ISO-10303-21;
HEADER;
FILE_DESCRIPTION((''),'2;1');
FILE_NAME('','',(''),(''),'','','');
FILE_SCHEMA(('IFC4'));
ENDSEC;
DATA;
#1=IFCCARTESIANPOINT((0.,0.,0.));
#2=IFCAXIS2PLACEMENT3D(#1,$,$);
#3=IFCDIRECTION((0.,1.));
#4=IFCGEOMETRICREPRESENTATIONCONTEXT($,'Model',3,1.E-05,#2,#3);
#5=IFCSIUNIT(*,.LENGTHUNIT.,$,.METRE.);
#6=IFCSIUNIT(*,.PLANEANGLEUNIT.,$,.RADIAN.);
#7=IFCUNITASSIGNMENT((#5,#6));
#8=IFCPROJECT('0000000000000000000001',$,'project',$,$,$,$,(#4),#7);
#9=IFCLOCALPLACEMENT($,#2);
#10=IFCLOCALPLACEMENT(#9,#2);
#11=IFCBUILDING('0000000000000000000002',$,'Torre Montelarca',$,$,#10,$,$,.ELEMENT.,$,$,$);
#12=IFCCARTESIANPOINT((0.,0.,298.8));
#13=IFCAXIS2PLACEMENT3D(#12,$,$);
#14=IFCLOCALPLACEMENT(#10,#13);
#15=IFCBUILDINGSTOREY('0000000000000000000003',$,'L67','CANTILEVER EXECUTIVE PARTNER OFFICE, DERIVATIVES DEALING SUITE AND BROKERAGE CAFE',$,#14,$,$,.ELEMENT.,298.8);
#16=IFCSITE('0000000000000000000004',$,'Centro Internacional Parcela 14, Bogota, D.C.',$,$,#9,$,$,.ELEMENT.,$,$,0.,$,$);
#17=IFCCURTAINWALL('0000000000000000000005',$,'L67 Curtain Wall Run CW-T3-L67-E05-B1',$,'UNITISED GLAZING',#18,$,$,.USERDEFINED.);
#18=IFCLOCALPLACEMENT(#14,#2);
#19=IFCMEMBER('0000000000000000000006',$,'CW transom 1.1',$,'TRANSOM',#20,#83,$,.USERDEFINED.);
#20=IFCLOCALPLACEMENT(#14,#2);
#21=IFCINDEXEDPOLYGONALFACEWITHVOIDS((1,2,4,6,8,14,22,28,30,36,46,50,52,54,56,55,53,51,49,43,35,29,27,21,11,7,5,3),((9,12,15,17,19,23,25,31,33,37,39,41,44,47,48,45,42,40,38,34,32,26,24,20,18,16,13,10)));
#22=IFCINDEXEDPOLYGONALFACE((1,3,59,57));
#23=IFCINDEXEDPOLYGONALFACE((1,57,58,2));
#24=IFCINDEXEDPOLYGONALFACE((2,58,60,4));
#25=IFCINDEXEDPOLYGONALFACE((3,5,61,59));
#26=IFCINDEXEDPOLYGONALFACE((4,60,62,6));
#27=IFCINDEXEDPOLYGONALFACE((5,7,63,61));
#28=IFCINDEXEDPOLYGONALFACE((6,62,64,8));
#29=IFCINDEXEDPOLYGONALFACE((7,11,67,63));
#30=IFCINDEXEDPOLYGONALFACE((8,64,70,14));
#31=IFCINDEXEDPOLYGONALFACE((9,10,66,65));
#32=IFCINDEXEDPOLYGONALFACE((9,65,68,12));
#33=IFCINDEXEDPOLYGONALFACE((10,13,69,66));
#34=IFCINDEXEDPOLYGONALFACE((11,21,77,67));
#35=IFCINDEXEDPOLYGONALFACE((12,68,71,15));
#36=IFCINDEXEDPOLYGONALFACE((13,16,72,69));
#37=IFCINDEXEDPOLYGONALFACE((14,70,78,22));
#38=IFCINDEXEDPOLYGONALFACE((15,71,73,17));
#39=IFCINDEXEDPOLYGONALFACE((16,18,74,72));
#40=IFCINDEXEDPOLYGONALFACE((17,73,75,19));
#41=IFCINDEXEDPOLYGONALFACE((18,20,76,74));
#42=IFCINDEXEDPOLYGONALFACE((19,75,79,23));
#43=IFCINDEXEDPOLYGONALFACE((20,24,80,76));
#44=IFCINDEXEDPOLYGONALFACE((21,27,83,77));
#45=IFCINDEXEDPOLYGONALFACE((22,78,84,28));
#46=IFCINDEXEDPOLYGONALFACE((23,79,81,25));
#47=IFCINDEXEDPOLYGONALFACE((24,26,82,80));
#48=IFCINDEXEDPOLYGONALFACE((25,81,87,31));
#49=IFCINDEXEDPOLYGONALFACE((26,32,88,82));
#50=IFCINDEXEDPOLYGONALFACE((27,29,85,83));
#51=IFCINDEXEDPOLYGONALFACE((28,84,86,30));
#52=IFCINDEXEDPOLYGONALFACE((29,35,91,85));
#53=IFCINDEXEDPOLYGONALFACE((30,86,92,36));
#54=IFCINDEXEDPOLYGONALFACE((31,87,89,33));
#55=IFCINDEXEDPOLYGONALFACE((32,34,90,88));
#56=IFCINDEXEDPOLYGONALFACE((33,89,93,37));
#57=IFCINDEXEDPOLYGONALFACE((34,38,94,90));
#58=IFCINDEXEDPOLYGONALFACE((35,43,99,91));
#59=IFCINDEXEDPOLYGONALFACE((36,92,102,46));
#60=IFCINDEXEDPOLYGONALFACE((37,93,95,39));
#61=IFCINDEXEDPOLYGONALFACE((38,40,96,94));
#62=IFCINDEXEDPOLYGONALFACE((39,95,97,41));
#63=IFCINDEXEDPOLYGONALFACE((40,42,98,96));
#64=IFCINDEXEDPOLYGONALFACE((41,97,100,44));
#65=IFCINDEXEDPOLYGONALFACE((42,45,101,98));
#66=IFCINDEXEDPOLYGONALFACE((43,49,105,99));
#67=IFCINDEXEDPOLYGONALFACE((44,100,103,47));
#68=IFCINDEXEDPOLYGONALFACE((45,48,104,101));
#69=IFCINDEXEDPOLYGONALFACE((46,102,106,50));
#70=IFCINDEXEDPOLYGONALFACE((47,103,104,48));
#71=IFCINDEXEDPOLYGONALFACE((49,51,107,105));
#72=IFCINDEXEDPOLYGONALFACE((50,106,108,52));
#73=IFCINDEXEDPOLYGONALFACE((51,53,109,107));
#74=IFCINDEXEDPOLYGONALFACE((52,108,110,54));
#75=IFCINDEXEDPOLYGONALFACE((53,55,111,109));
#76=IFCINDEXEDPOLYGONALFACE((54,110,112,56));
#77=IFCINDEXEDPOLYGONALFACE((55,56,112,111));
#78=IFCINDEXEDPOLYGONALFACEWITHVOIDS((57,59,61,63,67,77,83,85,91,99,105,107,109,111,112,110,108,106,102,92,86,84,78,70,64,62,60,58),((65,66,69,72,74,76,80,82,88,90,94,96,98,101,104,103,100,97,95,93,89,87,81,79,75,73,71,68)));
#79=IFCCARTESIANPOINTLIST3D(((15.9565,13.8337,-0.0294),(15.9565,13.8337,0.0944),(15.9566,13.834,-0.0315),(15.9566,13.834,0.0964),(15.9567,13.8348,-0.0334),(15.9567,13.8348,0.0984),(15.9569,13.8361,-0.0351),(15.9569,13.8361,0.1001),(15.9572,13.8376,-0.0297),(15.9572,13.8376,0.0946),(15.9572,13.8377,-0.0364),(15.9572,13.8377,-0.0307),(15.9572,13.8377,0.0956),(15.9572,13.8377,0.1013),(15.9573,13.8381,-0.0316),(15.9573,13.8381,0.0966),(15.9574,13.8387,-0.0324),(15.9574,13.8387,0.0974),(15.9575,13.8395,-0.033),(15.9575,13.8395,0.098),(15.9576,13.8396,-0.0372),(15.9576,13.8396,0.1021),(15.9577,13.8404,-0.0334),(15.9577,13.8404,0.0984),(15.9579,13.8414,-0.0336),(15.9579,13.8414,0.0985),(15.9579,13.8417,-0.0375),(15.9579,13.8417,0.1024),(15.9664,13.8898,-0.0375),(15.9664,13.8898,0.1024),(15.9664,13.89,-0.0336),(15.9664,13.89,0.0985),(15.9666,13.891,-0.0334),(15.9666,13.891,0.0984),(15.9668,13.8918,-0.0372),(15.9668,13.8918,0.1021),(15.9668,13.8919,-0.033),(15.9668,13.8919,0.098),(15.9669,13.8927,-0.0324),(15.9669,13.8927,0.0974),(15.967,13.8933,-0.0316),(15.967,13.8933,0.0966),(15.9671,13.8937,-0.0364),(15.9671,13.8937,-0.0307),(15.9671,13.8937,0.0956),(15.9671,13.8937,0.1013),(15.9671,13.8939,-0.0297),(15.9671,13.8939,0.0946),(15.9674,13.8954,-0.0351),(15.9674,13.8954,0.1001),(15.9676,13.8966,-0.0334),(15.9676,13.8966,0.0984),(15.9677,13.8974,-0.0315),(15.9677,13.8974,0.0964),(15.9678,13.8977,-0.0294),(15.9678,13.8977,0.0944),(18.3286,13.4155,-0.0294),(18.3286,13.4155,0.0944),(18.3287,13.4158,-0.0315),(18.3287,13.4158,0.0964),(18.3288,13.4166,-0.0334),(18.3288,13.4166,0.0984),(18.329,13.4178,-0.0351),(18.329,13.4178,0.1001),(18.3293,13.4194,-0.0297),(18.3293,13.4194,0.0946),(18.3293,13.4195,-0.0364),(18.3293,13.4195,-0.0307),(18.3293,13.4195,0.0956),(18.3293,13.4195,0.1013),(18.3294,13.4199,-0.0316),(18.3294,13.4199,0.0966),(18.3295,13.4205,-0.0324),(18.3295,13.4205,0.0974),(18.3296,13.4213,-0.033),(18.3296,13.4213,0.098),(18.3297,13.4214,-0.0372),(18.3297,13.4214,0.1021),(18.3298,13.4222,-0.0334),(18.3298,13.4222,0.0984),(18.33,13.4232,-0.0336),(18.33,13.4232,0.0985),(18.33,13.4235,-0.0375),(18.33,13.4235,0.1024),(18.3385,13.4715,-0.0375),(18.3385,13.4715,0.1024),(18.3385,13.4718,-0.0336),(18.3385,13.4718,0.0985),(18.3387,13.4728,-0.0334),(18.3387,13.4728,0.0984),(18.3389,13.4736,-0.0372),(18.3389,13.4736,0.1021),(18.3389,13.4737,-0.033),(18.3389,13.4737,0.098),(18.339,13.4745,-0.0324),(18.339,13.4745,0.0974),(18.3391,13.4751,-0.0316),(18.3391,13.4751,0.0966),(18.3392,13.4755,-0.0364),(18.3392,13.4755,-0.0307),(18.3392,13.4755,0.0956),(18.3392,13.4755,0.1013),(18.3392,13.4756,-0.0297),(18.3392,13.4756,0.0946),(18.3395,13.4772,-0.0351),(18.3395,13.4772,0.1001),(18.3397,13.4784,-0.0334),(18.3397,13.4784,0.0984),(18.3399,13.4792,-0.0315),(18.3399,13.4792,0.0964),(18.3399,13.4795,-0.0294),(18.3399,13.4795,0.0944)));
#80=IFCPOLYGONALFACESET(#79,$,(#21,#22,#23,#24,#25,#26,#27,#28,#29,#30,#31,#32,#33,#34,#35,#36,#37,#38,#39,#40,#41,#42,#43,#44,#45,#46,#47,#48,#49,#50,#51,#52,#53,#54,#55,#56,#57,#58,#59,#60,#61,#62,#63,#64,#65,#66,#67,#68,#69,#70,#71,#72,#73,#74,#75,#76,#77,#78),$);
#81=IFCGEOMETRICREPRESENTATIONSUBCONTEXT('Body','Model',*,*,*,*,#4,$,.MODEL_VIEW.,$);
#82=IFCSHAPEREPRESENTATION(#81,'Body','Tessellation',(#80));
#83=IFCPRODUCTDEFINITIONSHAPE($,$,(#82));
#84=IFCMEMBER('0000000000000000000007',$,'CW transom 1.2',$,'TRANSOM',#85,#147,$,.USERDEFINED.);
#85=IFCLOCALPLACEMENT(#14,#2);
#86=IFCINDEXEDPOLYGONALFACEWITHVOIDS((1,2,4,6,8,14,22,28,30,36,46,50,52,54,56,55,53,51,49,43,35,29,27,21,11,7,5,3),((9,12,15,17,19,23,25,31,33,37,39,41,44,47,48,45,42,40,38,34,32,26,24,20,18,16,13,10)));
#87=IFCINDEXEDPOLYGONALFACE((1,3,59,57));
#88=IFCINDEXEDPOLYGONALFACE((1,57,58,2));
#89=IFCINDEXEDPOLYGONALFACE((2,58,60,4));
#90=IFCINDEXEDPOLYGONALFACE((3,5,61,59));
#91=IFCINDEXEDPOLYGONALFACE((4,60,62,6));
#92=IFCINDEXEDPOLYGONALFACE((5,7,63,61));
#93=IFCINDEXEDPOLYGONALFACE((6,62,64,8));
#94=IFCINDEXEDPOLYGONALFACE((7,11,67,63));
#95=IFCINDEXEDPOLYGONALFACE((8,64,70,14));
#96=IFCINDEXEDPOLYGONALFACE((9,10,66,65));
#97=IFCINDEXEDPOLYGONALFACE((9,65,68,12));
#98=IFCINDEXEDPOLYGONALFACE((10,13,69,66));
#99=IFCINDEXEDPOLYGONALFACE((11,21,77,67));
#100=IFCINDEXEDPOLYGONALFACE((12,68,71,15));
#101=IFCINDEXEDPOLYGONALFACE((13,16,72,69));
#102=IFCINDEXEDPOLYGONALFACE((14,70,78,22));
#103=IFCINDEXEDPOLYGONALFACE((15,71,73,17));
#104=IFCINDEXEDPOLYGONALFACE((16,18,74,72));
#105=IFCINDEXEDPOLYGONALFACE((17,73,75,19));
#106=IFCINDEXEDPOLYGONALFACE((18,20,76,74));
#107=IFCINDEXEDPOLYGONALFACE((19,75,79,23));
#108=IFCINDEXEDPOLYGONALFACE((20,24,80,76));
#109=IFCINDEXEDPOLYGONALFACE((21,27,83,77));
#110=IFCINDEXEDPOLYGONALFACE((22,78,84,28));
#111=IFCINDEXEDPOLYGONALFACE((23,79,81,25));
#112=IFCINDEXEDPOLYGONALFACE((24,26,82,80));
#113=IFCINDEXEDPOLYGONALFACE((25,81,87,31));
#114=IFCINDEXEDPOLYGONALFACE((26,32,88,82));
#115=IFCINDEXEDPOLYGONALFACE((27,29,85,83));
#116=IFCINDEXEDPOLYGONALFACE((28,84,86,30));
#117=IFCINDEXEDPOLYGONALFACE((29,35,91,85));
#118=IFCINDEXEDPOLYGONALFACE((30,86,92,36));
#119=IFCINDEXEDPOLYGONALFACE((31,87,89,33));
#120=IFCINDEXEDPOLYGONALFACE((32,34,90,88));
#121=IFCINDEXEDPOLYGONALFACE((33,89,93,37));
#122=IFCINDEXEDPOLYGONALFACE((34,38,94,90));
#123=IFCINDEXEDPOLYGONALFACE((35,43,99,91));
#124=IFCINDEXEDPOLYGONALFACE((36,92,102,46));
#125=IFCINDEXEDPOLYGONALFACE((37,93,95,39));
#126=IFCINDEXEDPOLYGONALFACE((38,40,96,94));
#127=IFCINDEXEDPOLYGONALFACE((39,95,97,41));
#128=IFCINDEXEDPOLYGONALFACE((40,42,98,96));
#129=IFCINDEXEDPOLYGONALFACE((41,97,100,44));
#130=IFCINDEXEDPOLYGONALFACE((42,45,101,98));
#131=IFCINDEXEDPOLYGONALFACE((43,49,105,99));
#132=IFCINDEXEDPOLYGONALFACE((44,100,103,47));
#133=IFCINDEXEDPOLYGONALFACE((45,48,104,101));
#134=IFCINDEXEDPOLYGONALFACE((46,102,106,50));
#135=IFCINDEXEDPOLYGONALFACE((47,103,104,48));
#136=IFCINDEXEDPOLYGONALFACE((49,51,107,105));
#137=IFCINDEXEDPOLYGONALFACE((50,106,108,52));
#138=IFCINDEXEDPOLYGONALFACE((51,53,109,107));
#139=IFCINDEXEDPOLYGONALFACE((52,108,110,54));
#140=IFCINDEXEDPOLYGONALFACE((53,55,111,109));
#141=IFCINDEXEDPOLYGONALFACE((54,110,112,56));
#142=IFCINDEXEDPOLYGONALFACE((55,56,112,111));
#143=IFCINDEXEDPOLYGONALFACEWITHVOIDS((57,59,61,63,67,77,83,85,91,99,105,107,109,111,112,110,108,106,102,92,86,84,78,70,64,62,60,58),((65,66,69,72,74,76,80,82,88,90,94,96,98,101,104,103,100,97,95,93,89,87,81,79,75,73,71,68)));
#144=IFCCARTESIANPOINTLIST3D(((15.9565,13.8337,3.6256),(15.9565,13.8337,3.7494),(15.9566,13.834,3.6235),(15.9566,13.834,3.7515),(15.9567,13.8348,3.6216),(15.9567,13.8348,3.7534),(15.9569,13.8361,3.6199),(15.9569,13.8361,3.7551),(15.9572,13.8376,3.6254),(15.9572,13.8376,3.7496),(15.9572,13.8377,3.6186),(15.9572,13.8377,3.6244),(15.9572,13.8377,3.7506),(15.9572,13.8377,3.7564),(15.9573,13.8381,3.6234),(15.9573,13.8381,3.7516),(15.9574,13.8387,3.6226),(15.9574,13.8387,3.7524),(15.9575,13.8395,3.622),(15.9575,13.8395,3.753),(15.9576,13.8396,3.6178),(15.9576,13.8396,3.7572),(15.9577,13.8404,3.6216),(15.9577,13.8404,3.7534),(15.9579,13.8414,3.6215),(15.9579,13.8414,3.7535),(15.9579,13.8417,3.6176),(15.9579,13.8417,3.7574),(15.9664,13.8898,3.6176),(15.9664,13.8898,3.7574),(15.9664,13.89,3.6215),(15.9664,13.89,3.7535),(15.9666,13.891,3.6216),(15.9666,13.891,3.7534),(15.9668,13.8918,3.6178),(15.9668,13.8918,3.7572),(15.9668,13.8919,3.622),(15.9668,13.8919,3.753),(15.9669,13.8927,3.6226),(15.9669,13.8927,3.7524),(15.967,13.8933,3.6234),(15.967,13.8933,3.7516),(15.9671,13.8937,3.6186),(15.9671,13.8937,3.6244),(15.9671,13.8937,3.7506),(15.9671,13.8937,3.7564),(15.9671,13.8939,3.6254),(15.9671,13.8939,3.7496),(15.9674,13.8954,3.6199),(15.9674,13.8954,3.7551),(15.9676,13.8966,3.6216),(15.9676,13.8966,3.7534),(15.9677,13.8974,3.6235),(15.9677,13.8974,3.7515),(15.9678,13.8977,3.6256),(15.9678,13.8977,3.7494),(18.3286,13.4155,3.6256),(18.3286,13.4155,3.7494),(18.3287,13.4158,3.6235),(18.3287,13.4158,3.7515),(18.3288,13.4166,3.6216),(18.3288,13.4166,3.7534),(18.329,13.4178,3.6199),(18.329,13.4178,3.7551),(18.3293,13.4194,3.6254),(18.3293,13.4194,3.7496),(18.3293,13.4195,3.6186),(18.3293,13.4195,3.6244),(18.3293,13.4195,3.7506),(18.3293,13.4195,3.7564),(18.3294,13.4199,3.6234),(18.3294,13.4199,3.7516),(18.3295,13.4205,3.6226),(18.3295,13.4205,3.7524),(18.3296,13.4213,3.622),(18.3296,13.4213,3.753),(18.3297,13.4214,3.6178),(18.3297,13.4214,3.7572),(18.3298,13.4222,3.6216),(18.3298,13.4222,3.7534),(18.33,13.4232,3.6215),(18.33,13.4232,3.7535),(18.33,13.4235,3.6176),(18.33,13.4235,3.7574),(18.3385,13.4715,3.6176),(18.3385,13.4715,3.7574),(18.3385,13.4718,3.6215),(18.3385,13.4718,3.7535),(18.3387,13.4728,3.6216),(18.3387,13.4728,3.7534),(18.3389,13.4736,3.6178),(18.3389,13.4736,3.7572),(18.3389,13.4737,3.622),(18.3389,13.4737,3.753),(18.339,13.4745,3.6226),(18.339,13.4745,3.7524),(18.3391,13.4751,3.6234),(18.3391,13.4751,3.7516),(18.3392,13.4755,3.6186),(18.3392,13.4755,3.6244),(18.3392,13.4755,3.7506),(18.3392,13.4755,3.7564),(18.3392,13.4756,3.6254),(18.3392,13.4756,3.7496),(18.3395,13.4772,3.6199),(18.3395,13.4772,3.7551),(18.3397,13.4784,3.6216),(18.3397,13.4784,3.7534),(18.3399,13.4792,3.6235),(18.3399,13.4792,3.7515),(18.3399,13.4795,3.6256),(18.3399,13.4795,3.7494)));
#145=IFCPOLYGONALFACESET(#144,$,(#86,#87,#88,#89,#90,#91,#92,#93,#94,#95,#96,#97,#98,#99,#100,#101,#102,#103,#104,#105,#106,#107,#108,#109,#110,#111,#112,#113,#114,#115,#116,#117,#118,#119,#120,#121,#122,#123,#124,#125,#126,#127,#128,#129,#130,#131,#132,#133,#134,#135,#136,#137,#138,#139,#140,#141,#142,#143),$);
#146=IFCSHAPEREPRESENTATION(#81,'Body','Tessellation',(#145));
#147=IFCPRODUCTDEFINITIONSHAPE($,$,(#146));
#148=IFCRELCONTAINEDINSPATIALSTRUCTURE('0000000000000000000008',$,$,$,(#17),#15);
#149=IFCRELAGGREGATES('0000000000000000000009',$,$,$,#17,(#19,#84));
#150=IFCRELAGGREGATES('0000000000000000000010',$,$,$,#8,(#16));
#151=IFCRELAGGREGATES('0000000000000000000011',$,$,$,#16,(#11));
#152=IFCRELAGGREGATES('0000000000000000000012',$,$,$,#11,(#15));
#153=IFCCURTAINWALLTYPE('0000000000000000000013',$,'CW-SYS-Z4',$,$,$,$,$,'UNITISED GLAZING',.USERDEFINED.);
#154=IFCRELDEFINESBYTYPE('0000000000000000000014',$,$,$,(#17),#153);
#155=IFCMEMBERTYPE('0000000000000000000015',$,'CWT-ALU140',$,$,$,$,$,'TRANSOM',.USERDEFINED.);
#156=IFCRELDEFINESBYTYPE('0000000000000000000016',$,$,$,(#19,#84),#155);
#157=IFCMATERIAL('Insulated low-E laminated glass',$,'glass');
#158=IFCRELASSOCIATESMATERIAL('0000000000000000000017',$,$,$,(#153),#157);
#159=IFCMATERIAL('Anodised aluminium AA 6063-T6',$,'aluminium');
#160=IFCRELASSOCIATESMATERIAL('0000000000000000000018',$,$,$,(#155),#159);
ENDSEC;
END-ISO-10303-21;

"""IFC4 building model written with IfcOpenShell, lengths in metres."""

from ifc_helpers import new_model, si_unit, direction, frame, origin, origin_2d, place, context, subcontext, project, spatial, hollow_rectangle, extrude, source, transform, mapped, material, material_profile, profile_set, type_object, element, aggregate, save


model = new_model("IFC4")

# Units and contexts
model_context = context("Model", 3, precision=1e-05, world=origin(), true_north=direction((0.0, 1.0)))
body_context = subcontext(model_context, "Body", "Model", "MODEL_VIEW")
ifc_project = project(units=[si_unit("LENGTHUNIT", "METRE"), si_unit("PLANEANGLEUNIT", "RADIAN")], contexts=[model_context])

# Site, building, storey
site_placement = place(None, origin())
site = spatial("IfcSite", under=ifc_project, at=site_placement, Name="Centro Internacional Parcela 14, Bogota, D.C.", CompositionType="ELEMENT", RefElevation=0.0)
building_placement = place(site_placement, origin())
building = spatial("IfcBuilding", under=site, at=building_placement, Name="Torre Montelarca", CompositionType="ELEMENT")
storey_placement = place(building_placement, frame((0.0, 0.0, 298.8)))
storey = spatial("IfcBuildingStorey", under=building, at=storey_placement, Name="L67", Description="CANTILEVER EXECUTIVE PARTNER OFFICE, DERIVATIVES DEALING SUITE AND BROKERAGE CAFE", CompositionType="ELEMENT", Elevation=298.8)

# Curtain wall
ifc_material_1 = material(Name="Insulated low-E laminated glass", Category="glass")
curtain_wall_type = type_object("IfcCurtainWallType", Name="CW-SYS-Z4", ElementType="UNITISED GLAZING", PredefinedType="USERDEFINED", material=ifc_material_1)
curtain_wall_1_placement = place(storey_placement, origin())
curtain_wall_1 = element("IfcCurtainWall", 1, at=curtain_wall_1_placement, inside=storey, type_object=curtain_wall_type, Name="L67 Curtain Wall Run CW-T3-L67-E05-B1", ObjectType="UNITISED GLAZING", PredefinedType="USERDEFINED")
ifc_material_2 = material(Name="Anodised aluminium AA 6063-T6", Category="aluminium")

# Members
ifc_material_profile_1 = material_profile(ifc_material_2, hollow_rectangle(XDim=0.0649, YDim=0.1399, WallThickness=0.0039, InnerFilletRadius=0.0039, OuterFilletRadius=0.0081, at=origin_2d()), Name="ALU65X140X4", Category="aluminium")
ifc_profile_set_1 = profile_set([ifc_material_profile_1], Name="Anodised aluminium AA 6063-T6")
member_type_1 = type_object("IfcMemberType", Name="CWT-ALU140", ElementType="TRANSOM", PredefinedType="USERDEFINED", material=ifc_profile_set_1)
shared_shape_1 = source(origin(), body_context, "Body", "SweptSolid", [
    extrude(hollow_rectangle(XDim=0.0649, YDim=0.1399, WallThickness=0.0039, InnerFilletRadius=0.0039, OuterFilletRadius=0.0081, at=origin_2d()), origin(), (0.0, 0.0, 1.0), 2.4087),
])
member_1_placement = place(storey_placement, frame((15.9622, 13.8657, 0.0325), z_axis=(0.984811, -0.173629, 0.0), x_axis=(0.173629, 0.984811, 0.0)))
member_1 = element("IfcMember", 2, at=member_1_placement, type_object=member_type_1, Name="CW transom 1.1", ObjectType="TRANSOM", PredefinedType="USERDEFINED", context=body_context, shape_type="MappedRepresentation", body=[
    mapped(shared_shape_1, transform((0.0, 0.0, 0.0), scale=1.0)),
])
member_2_placement = place(storey_placement, frame((15.9622, 13.8657, 3.6875), z_axis=(0.984811, -0.173629, 0.0), x_axis=(0.173629, 0.984811, 0.0)))
member_2 = element("IfcMember", 3, at=member_2_placement, type_object=member_type_1, Name="CW transom 1.2", ObjectType="TRANSOM", PredefinedType="USERDEFINED", context=body_context, shape_type="MappedRepresentation", body=[
    mapped(shared_shape_1, transform((0.0, 0.0, 0.0), scale=1.0)),
])

aggregate(curtain_wall_1, [member_1, member_2])

save(model, "model.ifc")
